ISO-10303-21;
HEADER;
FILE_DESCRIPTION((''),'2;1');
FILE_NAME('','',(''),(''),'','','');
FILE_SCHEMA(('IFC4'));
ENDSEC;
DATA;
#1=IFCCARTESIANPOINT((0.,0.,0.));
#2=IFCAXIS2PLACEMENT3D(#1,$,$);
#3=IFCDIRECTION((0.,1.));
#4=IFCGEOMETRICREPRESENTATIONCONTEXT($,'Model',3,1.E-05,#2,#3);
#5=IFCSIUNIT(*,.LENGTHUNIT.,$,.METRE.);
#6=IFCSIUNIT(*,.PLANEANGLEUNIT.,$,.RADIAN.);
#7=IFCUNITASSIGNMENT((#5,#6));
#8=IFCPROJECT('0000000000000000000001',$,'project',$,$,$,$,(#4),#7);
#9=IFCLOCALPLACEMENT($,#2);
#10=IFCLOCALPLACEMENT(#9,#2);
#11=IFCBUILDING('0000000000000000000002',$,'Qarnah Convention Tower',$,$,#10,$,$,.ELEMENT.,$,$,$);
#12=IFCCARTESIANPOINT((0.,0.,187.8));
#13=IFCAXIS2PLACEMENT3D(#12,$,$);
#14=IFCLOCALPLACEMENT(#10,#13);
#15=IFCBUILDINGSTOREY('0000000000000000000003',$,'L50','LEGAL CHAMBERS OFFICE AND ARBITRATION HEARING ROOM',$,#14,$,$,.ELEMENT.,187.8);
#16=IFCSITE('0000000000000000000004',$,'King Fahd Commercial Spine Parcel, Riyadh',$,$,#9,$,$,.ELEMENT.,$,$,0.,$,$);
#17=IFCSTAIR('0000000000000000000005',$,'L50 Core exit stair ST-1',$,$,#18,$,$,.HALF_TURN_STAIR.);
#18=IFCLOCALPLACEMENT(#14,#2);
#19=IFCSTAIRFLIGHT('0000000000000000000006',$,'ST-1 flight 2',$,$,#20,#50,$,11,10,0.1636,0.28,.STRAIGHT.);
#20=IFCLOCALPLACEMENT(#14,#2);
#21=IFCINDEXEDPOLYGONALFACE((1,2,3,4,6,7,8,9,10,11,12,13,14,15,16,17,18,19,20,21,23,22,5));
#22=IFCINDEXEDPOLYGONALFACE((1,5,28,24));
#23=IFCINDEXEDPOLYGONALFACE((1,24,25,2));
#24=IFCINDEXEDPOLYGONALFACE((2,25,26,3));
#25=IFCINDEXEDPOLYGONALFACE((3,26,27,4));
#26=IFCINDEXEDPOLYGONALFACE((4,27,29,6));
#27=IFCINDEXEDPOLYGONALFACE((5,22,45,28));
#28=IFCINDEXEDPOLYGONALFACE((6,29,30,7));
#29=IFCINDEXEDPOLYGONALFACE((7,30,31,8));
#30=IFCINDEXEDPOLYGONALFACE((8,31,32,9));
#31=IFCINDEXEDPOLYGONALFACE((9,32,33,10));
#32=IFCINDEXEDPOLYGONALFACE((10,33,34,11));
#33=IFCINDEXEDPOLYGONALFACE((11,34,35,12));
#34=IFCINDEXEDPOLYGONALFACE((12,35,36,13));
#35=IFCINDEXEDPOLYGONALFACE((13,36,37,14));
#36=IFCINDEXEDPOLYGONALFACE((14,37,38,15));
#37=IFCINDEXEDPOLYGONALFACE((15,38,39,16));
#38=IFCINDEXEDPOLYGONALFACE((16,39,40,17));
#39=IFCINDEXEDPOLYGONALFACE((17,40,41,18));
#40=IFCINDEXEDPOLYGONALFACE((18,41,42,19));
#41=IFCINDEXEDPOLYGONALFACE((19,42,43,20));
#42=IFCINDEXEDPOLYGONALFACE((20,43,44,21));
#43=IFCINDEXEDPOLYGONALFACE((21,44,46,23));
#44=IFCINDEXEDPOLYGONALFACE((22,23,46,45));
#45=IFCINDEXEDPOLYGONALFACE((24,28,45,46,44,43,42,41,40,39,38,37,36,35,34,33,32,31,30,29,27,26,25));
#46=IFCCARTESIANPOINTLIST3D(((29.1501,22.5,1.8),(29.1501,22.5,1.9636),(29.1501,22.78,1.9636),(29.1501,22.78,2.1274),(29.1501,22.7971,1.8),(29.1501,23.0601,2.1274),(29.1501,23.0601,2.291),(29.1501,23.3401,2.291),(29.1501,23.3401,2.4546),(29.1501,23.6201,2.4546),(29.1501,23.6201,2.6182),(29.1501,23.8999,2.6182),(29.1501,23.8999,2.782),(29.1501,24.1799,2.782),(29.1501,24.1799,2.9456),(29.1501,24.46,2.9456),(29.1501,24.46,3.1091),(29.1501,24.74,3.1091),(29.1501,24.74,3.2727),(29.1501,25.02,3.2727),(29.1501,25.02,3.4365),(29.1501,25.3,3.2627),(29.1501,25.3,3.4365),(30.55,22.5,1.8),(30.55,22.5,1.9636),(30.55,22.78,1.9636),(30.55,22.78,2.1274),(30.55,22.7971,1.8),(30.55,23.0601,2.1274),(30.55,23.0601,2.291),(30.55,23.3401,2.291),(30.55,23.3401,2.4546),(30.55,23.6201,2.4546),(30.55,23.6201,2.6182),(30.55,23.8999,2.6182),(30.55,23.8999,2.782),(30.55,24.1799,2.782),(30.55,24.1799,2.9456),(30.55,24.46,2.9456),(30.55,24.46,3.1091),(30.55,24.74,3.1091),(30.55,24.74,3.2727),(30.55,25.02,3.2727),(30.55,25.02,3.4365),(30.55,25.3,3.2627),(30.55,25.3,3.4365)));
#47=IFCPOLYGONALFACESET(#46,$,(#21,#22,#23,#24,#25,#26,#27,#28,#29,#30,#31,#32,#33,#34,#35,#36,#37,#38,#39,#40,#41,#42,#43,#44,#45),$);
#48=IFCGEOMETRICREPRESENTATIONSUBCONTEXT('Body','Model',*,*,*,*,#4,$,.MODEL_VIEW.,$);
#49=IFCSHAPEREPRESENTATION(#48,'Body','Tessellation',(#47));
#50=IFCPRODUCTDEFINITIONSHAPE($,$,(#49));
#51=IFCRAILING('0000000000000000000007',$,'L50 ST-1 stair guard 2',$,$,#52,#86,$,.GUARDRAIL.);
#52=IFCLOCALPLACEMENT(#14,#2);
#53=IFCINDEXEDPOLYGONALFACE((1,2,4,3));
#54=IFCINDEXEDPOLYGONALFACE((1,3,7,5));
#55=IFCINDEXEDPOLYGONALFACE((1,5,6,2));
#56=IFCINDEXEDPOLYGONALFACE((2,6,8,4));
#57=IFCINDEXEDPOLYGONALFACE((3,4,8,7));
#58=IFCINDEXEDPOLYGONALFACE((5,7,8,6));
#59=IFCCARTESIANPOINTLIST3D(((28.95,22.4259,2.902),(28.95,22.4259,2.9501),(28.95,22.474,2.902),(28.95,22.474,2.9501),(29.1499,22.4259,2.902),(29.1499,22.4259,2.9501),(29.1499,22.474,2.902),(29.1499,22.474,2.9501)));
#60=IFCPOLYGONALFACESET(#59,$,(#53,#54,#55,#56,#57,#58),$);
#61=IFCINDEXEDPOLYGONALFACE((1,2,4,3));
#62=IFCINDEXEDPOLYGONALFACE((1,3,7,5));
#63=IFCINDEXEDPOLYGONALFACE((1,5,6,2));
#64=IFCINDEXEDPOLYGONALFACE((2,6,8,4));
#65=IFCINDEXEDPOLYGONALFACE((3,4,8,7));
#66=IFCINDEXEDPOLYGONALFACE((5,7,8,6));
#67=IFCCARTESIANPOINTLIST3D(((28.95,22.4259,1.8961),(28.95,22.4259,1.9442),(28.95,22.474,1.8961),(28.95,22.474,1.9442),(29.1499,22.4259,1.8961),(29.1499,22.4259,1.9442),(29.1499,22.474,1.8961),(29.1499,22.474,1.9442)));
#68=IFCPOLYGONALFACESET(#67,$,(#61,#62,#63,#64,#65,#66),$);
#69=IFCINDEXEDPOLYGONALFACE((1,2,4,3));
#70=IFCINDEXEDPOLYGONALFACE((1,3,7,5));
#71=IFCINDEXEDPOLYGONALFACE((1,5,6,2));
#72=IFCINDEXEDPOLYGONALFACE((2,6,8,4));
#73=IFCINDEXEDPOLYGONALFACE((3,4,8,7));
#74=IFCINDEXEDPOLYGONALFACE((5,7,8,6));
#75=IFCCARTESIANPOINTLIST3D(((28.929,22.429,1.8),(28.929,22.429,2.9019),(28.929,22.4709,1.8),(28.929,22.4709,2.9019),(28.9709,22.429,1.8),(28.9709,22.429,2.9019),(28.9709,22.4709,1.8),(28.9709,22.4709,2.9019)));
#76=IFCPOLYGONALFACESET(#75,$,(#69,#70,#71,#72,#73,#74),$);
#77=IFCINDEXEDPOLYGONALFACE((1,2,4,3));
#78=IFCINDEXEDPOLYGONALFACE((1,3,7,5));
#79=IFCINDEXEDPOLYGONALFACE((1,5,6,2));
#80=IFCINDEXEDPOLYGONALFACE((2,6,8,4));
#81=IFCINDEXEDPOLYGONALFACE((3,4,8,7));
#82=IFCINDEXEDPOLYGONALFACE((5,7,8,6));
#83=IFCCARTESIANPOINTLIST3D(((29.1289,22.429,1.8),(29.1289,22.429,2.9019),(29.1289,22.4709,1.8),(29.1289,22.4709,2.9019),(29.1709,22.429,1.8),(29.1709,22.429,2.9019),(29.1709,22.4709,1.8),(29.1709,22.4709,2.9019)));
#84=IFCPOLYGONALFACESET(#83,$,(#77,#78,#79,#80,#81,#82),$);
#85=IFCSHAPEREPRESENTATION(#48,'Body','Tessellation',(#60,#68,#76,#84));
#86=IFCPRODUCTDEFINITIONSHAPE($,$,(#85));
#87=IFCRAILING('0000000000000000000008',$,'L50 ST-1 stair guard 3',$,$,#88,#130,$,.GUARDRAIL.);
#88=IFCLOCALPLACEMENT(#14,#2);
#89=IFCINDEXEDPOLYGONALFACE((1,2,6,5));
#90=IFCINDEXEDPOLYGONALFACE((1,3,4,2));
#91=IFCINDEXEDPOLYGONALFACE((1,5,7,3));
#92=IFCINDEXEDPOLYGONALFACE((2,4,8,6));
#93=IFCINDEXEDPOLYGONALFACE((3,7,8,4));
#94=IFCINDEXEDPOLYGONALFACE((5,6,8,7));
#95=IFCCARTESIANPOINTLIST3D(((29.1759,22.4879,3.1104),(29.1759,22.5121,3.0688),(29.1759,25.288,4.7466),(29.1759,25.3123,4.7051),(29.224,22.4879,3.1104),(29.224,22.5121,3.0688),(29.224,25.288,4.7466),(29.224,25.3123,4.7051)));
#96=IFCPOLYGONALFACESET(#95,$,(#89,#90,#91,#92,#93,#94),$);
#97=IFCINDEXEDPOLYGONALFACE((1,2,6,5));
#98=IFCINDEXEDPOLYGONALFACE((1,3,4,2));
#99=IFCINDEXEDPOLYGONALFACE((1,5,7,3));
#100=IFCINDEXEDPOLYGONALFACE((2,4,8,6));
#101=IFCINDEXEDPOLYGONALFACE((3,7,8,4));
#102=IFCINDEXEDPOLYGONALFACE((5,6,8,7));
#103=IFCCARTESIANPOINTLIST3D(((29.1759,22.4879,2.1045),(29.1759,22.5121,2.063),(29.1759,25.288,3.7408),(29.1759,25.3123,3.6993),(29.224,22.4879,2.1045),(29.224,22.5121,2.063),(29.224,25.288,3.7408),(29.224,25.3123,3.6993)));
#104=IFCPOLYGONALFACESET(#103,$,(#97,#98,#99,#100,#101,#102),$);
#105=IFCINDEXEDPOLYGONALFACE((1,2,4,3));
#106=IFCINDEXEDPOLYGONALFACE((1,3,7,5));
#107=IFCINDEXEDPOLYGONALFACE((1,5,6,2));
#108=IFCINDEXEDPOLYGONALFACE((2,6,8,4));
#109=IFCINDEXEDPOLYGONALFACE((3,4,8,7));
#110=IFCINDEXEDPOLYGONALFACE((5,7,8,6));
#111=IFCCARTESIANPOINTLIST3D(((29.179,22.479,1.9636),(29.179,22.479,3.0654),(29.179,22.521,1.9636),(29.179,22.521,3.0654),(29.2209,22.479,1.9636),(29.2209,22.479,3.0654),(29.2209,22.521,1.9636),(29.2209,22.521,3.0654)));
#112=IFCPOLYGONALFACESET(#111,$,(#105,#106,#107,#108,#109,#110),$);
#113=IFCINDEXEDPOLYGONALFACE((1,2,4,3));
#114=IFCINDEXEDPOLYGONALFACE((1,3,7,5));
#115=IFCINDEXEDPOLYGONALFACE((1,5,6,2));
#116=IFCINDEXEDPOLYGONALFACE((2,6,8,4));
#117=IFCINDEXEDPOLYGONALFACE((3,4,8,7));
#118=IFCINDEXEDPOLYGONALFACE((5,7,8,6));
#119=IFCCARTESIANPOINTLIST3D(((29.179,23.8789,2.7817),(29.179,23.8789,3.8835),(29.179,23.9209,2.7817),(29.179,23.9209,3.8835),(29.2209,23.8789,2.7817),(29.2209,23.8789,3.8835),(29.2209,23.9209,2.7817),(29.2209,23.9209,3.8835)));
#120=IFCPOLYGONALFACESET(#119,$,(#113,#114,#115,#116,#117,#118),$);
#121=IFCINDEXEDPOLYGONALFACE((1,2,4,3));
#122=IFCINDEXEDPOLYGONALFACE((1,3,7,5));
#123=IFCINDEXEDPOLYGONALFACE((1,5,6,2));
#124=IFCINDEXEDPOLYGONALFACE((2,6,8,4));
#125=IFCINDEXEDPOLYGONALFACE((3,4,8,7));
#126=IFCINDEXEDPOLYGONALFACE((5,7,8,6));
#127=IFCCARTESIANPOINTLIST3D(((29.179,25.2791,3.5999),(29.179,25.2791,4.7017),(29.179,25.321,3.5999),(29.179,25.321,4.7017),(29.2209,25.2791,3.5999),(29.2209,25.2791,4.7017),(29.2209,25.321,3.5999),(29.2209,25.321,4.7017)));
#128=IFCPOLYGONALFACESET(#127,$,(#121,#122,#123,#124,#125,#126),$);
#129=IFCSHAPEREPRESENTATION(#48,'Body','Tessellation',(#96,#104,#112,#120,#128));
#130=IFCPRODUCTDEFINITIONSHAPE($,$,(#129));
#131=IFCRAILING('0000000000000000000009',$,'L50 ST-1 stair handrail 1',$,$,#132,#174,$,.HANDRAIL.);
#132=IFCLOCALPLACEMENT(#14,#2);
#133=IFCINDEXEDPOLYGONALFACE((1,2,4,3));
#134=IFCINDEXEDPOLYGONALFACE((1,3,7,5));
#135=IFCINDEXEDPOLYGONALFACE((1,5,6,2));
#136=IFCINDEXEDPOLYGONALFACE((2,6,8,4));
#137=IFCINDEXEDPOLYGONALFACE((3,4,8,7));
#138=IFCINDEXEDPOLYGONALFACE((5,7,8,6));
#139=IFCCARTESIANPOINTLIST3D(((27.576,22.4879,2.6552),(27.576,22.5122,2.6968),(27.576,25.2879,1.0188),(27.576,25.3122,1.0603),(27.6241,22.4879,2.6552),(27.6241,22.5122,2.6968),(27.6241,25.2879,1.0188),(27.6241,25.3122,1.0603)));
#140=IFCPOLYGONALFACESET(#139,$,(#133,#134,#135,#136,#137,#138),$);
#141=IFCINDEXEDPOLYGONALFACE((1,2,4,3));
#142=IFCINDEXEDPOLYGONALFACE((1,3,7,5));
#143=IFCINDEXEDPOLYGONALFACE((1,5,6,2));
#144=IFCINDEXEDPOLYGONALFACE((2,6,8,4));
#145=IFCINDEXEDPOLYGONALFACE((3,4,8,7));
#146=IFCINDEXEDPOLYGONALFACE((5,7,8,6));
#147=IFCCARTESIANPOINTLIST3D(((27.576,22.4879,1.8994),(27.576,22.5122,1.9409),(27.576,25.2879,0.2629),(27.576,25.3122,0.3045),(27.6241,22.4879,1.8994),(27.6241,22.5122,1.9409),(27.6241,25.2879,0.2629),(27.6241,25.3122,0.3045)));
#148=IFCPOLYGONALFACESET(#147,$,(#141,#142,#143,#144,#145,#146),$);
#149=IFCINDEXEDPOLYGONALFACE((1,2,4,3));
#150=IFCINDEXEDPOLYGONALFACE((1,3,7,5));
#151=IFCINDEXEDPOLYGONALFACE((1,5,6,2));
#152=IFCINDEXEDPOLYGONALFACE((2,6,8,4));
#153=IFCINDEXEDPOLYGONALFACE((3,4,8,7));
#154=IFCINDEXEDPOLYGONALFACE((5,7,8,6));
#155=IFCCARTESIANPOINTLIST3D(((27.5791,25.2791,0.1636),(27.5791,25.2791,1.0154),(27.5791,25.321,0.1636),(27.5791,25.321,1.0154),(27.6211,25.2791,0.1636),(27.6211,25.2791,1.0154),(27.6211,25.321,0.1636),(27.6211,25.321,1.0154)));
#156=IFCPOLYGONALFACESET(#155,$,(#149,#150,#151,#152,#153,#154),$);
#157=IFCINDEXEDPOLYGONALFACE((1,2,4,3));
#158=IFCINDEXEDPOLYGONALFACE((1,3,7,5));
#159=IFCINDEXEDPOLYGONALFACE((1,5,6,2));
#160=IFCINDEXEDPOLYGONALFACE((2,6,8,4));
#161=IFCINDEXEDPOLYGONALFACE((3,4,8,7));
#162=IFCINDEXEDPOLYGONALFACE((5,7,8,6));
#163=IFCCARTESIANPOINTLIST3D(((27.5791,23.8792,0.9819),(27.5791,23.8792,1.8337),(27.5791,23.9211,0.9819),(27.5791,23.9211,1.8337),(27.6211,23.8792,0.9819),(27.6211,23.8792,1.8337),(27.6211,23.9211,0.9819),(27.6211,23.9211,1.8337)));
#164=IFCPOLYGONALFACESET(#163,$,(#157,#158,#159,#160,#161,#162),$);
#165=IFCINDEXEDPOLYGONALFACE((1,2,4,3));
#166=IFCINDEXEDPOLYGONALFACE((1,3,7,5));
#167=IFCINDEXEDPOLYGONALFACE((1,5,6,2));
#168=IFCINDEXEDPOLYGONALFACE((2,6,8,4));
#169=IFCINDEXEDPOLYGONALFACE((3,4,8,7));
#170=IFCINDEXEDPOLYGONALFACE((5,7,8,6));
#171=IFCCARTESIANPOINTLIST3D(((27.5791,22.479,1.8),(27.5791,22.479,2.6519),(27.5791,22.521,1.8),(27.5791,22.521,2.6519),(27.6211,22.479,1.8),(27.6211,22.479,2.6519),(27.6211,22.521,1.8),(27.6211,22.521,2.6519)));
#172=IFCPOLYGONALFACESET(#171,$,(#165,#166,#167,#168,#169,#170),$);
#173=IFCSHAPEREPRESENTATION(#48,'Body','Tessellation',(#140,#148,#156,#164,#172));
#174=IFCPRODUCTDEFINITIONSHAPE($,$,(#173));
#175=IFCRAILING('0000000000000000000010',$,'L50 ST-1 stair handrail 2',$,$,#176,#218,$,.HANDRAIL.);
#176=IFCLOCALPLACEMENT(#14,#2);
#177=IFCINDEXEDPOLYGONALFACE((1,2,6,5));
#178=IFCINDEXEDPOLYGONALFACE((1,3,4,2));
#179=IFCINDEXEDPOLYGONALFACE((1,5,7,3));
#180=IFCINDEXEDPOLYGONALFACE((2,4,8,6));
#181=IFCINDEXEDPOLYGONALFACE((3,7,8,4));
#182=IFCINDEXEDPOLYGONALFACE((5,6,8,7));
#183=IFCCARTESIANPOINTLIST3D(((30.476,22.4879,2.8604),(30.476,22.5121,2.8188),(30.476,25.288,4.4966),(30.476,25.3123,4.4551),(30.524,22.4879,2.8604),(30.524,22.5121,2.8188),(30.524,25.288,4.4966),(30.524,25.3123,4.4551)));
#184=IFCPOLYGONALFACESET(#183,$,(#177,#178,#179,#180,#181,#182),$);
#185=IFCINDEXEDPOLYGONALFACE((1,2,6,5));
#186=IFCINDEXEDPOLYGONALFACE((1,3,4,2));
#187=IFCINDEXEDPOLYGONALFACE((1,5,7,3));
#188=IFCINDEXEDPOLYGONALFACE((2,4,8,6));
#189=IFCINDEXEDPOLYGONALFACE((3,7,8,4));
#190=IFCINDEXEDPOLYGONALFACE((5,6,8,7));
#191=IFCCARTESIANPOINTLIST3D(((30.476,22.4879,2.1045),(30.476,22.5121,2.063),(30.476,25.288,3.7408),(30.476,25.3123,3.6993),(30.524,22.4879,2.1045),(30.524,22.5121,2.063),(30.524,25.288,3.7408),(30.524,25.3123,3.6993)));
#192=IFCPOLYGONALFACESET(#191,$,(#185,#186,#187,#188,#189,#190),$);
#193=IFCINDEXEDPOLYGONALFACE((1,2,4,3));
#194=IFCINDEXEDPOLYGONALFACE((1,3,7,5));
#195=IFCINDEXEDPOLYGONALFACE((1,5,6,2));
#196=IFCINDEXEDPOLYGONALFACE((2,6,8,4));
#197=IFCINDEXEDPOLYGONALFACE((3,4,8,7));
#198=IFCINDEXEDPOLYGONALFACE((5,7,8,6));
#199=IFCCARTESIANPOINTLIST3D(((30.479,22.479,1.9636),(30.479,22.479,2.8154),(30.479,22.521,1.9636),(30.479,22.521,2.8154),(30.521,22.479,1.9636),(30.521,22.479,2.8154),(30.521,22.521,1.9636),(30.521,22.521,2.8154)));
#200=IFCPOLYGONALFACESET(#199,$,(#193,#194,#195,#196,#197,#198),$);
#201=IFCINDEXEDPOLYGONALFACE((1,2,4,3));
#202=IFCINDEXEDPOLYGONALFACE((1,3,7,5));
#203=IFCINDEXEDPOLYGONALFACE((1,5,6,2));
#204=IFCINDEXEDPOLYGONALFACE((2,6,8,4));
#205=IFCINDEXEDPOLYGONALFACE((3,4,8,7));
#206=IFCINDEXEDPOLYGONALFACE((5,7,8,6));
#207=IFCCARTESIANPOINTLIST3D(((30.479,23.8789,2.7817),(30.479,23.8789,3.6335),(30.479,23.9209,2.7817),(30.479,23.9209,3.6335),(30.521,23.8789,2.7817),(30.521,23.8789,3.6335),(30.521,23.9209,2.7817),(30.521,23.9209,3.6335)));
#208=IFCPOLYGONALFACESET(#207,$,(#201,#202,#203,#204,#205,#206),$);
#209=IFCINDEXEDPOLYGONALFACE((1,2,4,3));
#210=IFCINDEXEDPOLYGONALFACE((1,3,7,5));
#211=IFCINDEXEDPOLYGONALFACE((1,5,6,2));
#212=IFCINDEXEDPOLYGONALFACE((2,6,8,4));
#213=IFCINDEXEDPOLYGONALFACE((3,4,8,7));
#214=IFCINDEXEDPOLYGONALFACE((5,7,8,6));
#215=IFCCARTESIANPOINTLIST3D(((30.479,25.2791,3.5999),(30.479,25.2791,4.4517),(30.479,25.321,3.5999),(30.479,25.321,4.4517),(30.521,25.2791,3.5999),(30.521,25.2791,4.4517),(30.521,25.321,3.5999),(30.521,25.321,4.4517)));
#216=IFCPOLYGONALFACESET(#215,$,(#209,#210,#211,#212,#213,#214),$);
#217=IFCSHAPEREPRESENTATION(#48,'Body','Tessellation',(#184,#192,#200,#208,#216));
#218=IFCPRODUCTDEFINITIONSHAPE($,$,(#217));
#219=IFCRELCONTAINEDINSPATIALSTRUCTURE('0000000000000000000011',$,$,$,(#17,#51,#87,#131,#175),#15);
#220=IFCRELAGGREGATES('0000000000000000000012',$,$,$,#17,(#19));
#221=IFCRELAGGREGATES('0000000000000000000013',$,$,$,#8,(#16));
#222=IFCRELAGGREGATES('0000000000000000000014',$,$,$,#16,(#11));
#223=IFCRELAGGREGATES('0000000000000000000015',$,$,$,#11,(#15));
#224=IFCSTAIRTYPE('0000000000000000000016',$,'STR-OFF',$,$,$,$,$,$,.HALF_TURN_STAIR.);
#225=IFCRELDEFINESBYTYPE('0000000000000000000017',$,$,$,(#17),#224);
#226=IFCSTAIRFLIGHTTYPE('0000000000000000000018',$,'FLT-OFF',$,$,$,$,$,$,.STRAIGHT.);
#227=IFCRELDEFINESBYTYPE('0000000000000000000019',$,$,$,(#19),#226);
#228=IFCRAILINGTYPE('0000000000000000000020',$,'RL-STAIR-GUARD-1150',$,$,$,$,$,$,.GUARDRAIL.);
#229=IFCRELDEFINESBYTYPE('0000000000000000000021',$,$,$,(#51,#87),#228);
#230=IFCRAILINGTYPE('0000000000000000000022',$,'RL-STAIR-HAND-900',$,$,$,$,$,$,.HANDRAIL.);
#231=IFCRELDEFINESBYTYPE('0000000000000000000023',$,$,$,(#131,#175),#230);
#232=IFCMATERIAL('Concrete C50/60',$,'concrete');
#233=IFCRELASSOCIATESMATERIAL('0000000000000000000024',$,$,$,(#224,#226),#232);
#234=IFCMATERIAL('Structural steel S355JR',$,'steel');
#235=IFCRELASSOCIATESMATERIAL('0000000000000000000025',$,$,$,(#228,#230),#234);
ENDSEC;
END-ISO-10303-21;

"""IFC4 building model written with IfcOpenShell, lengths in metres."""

from ifc_helpers import new_model, si_unit, direction, frame, origin, origin_2d, place, context, subcontext, project, spatial, polyline, rectangle, outline, extrude, material, type_object, element, aggregate, save


model = new_model("IFC4")

# Units and contexts
model_context = context("Model", 3, precision=1e-05, world=origin(), true_north=direction((0.0, 1.0)))
body_context = subcontext(model_context, "Body", "Model", "MODEL_VIEW")
ifc_project = project(units=[si_unit("LENGTHUNIT", "METRE"), si_unit("PLANEANGLEUNIT", "RADIAN")], contexts=[model_context])

# Site, building, storey
site_placement = place(None, origin())
site = spatial("IfcSite", under=ifc_project, at=site_placement, Name="King Fahd Commercial Spine Parcel, Riyadh", CompositionType="ELEMENT", RefElevation=0.0)
building_placement = place(site_placement, origin())
building = spatial("IfcBuilding", under=site, at=building_placement, Name="Qarnah Convention Tower", CompositionType="ELEMENT")
storey_placement = place(building_placement, frame((0.0, 0.0, 187.8)))
storey = spatial("IfcBuildingStorey", under=building, at=storey_placement, Name="L50", Description="LEGAL CHAMBERS OFFICE AND ARBITRATION HEARING ROOM", CompositionType="ELEMENT", Elevation=187.8)

# Shared definitions
ifc_material_1 = material(Name="Structural steel S355JR", Category="steel")

# Stair, stair flight
ifc_material_2 = material(Name="Concrete C50/60", Category="concrete")
stair_type = type_object("IfcStairType", Name="STR-OFF", PredefinedType="HALF_TURN_STAIR", material=ifc_material_2)
stair_placement = place(storey_placement, origin())
stair = element("IfcStair", 1, at=stair_placement, inside=storey, type_object=stair_type, Name="L50 Core exit stair ST-1", PredefinedType="HALF_TURN_STAIR")
stair_flight_type = type_object("IfcStairFlightType", Name="FLT-OFF", PredefinedType="STRAIGHT", material=ifc_material_2)
stair_flight_1_placement = place(storey_placement, frame((29.8501, 22.5, 1.8), z_axis=(0.0, 0.0, 1.0), x_axis=(0.0, 1.0, 0.0)))
stair_flight_1 = element("IfcStairFlight", 2, at=stair_flight_1_placement, type_object=stair_flight_type, Name="ST-1 flight 2", NumberOfRisers=11, NumberOfTreads=10, PredefinedType="STRAIGHT", RiserHeight=0.1636, TreadLength=0.28, context=body_context, shape_type="SweptSolid", body=[
    extrude(outline(polyline([(0.0, 0.0), (0.0, 0.1636), (0.28, 0.1636), (0.28, 0.3274), (0.5601, 0.3274), (0.5601, 0.491), (0.8401, 0.491), (0.8401, 0.6545), (1.1201, 0.6545), (1.1201, 0.8181), (1.3999, 0.8181), (1.3999, 0.9819), (1.6799, 0.9819), (1.6799, 1.1455), (1.96, 1.1455), (1.96, 1.3091), (2.24, 1.3091), (2.24, 1.4727), (2.52, 1.4727), (2.52, 1.6365), (2.8, 1.6365), (2.8, 1.8), (2.8, 1.4626), (0.2971, 0.0), (0.0, 0.0)])), frame((0.0, 0.7, 0.0), z_axis=(0.0, -1.0, 0.0), x_axis=(1.0, 0.0, 0.0)), (0.0, 0.0, 1.0), 1.3999),
])
aggregate(stair, [stair_flight_1])

# Railings
railing_type_1 = type_object("IfcRailingType", Name="RL-STAIR-GUARD-1150", PredefinedType="GUARDRAIL", material=ifc_material_1)
railing_1_placement = place(storey_placement, frame((28.95, 22.45, 1.8)))
element("IfcRailing", 3, at=railing_1_placement, inside=storey, type_object=railing_type_1, Name="L50 ST-1 stair guard 2", PredefinedType="GUARDRAIL", context=body_context, shape_type="SweptSolid", body=[
    extrude(rectangle(XDim=0.0481, YDim=0.0481, at=origin_2d()), frame((0.0, 0.0, 1.126), z_axis=(1.0, 0.0, 0.0), x_axis=(0.0, 1.0, 0.0)), (0.0, 0.0, 1.0), 0.2),
    extrude(rectangle(XDim=0.0481, YDim=0.0481, at=origin_2d()), frame((0.0, 0.0, 0.1201), z_axis=(1.0, 0.0, 0.0), x_axis=(0.0, 1.0, 0.0)), (0.0, 0.0, 1.0), 0.2),
    extrude(rectangle(XDim=0.042, YDim=0.042, at=origin_2d()), origin(), (0.0, 0.0, 1.0), 1.1018),
    extrude(rectangle(XDim=0.042, YDim=0.042, at=origin_2d()), frame((0.2, 0.0, 0.0)), (0.0, 0.0, 1.0), 1.1018),
])
railing_2_placement = place(storey_placement, frame((29.2, 22.5, 1.9636)))
element("IfcRailing", 4, at=railing_2_placement, inside=storey, type_object=railing_type_1, Name="L50 ST-1 stair guard 3", PredefinedType="GUARDRAIL", context=body_context, shape_type="SweptSolid", body=[
    extrude(rectangle(XDim=0.0481, YDim=0.0481, at=origin_2d()), frame((0.0, 0.0, 1.126), z_axis=(0.0, 0.863394, 0.504531), x_axis=(-1.0, 0.0, 0.0)), (0.0, 0.0, 1.0), 3.2432),
    extrude(rectangle(XDim=0.0481, YDim=0.0481, at=origin_2d()), frame((0.0, 0.0, 0.1201), z_axis=(0.0, 0.863394, 0.504531), x_axis=(-1.0, 0.0, 0.0)), (0.0, 0.0, 1.0), 3.2432),
    extrude(rectangle(XDim=0.042, YDim=0.042, at=origin_2d()), origin(), (0.0, 0.0, 1.0), 1.1018),
    extrude(rectangle(XDim=0.042, YDim=0.042, at=origin_2d()), frame((0.0, 1.3999, 0.8181)), (0.0, 0.0, 1.0), 1.1018),
    extrude(rectangle(XDim=0.042, YDim=0.042, at=origin_2d()), frame((0.0, 2.8, 1.6362)), (0.0, 0.0, 1.0), 1.1018),
])
railing_type_2 = type_object("IfcRailingType", Name="RL-STAIR-HAND-900", PredefinedType="HANDRAIL", material=ifc_material_1)
railing_3_placement = place(storey_placement, frame((27.6001, 25.3, 0.1636)))
element("IfcRailing", 5, at=railing_3_placement, inside=storey, type_object=railing_type_2, Name="L50 ST-1 stair handrail 1", PredefinedType="HANDRAIL", context=body_context, shape_type="SweptSolid", body=[
    extrude(rectangle(XDim=0.0481, YDim=0.0481, at=origin_2d()), frame((0.0, 0.0, 0.876), z_axis=(0.0, -0.863361, 0.504587), x_axis=(1.0, 0.0, 0.0)), (0.0, 0.0, 1.0), 3.2432),
    extrude(rectangle(XDim=0.0481, YDim=0.0481, at=origin_2d()), frame((0.0, 0.0, 0.1201), z_axis=(0.0, -0.863361, 0.504587), x_axis=(1.0, 0.0, 0.0)), (0.0, 0.0, 1.0), 3.2432),
    extrude(rectangle(XDim=0.042, YDim=0.042, at=origin_2d()), origin(), (0.0, 0.0, 1.0), 0.8518),
    extrude(rectangle(XDim=0.042, YDim=0.042, at=origin_2d()), frame((0.0, -1.3999, 0.8184)), (0.0, 0.0, 1.0), 0.8518),
    extrude(rectangle(XDim=0.042, YDim=0.042, at=origin_2d()), frame((0.0, -2.8, 1.6365)), (0.0, 0.0, 1.0), 0.8518),
])
railing_4_placement = place(storey_placement, frame((30.5, 22.5, 1.9636)))
element("IfcRailing", 6, at=railing_4_placement, inside=storey, type_object=railing_type_2, Name="L50 ST-1 stair handrail 2", PredefinedType="HANDRAIL", context=body_context, shape_type="SweptSolid", body=[
    extrude(rectangle(XDim=0.0481, YDim=0.0481, at=origin_2d()), frame((0.0, 0.0, 0.876), z_axis=(0.0, 0.863394, 0.504531), x_axis=(-1.0, 0.0, 0.0)), (0.0, 0.0, 1.0), 3.2432),
    extrude(rectangle(XDim=0.0481, YDim=0.0481, at=origin_2d()), frame((0.0, 0.0, 0.1201), z_axis=(0.0, 0.863394, 0.504531), x_axis=(-1.0, 0.0, 0.0)), (0.0, 0.0, 1.0), 3.2432),
    extrude(rectangle(XDim=0.042, YDim=0.042, at=origin_2d()), origin(), (0.0, 0.0, 1.0), 0.8518),
    extrude(rectangle(XDim=0.042, YDim=0.042, at=origin_2d()), frame((0.0, 1.3999, 0.8181)), (0.0, 0.0, 1.0), 0.8518),
    extrude(rectangle(XDim=0.042, YDim=0.042, at=origin_2d()), frame((0.0, 2.8, 1.6362)), (0.0, 0.0, 1.0), 0.8518),
])

save(model, "model.ifc")
